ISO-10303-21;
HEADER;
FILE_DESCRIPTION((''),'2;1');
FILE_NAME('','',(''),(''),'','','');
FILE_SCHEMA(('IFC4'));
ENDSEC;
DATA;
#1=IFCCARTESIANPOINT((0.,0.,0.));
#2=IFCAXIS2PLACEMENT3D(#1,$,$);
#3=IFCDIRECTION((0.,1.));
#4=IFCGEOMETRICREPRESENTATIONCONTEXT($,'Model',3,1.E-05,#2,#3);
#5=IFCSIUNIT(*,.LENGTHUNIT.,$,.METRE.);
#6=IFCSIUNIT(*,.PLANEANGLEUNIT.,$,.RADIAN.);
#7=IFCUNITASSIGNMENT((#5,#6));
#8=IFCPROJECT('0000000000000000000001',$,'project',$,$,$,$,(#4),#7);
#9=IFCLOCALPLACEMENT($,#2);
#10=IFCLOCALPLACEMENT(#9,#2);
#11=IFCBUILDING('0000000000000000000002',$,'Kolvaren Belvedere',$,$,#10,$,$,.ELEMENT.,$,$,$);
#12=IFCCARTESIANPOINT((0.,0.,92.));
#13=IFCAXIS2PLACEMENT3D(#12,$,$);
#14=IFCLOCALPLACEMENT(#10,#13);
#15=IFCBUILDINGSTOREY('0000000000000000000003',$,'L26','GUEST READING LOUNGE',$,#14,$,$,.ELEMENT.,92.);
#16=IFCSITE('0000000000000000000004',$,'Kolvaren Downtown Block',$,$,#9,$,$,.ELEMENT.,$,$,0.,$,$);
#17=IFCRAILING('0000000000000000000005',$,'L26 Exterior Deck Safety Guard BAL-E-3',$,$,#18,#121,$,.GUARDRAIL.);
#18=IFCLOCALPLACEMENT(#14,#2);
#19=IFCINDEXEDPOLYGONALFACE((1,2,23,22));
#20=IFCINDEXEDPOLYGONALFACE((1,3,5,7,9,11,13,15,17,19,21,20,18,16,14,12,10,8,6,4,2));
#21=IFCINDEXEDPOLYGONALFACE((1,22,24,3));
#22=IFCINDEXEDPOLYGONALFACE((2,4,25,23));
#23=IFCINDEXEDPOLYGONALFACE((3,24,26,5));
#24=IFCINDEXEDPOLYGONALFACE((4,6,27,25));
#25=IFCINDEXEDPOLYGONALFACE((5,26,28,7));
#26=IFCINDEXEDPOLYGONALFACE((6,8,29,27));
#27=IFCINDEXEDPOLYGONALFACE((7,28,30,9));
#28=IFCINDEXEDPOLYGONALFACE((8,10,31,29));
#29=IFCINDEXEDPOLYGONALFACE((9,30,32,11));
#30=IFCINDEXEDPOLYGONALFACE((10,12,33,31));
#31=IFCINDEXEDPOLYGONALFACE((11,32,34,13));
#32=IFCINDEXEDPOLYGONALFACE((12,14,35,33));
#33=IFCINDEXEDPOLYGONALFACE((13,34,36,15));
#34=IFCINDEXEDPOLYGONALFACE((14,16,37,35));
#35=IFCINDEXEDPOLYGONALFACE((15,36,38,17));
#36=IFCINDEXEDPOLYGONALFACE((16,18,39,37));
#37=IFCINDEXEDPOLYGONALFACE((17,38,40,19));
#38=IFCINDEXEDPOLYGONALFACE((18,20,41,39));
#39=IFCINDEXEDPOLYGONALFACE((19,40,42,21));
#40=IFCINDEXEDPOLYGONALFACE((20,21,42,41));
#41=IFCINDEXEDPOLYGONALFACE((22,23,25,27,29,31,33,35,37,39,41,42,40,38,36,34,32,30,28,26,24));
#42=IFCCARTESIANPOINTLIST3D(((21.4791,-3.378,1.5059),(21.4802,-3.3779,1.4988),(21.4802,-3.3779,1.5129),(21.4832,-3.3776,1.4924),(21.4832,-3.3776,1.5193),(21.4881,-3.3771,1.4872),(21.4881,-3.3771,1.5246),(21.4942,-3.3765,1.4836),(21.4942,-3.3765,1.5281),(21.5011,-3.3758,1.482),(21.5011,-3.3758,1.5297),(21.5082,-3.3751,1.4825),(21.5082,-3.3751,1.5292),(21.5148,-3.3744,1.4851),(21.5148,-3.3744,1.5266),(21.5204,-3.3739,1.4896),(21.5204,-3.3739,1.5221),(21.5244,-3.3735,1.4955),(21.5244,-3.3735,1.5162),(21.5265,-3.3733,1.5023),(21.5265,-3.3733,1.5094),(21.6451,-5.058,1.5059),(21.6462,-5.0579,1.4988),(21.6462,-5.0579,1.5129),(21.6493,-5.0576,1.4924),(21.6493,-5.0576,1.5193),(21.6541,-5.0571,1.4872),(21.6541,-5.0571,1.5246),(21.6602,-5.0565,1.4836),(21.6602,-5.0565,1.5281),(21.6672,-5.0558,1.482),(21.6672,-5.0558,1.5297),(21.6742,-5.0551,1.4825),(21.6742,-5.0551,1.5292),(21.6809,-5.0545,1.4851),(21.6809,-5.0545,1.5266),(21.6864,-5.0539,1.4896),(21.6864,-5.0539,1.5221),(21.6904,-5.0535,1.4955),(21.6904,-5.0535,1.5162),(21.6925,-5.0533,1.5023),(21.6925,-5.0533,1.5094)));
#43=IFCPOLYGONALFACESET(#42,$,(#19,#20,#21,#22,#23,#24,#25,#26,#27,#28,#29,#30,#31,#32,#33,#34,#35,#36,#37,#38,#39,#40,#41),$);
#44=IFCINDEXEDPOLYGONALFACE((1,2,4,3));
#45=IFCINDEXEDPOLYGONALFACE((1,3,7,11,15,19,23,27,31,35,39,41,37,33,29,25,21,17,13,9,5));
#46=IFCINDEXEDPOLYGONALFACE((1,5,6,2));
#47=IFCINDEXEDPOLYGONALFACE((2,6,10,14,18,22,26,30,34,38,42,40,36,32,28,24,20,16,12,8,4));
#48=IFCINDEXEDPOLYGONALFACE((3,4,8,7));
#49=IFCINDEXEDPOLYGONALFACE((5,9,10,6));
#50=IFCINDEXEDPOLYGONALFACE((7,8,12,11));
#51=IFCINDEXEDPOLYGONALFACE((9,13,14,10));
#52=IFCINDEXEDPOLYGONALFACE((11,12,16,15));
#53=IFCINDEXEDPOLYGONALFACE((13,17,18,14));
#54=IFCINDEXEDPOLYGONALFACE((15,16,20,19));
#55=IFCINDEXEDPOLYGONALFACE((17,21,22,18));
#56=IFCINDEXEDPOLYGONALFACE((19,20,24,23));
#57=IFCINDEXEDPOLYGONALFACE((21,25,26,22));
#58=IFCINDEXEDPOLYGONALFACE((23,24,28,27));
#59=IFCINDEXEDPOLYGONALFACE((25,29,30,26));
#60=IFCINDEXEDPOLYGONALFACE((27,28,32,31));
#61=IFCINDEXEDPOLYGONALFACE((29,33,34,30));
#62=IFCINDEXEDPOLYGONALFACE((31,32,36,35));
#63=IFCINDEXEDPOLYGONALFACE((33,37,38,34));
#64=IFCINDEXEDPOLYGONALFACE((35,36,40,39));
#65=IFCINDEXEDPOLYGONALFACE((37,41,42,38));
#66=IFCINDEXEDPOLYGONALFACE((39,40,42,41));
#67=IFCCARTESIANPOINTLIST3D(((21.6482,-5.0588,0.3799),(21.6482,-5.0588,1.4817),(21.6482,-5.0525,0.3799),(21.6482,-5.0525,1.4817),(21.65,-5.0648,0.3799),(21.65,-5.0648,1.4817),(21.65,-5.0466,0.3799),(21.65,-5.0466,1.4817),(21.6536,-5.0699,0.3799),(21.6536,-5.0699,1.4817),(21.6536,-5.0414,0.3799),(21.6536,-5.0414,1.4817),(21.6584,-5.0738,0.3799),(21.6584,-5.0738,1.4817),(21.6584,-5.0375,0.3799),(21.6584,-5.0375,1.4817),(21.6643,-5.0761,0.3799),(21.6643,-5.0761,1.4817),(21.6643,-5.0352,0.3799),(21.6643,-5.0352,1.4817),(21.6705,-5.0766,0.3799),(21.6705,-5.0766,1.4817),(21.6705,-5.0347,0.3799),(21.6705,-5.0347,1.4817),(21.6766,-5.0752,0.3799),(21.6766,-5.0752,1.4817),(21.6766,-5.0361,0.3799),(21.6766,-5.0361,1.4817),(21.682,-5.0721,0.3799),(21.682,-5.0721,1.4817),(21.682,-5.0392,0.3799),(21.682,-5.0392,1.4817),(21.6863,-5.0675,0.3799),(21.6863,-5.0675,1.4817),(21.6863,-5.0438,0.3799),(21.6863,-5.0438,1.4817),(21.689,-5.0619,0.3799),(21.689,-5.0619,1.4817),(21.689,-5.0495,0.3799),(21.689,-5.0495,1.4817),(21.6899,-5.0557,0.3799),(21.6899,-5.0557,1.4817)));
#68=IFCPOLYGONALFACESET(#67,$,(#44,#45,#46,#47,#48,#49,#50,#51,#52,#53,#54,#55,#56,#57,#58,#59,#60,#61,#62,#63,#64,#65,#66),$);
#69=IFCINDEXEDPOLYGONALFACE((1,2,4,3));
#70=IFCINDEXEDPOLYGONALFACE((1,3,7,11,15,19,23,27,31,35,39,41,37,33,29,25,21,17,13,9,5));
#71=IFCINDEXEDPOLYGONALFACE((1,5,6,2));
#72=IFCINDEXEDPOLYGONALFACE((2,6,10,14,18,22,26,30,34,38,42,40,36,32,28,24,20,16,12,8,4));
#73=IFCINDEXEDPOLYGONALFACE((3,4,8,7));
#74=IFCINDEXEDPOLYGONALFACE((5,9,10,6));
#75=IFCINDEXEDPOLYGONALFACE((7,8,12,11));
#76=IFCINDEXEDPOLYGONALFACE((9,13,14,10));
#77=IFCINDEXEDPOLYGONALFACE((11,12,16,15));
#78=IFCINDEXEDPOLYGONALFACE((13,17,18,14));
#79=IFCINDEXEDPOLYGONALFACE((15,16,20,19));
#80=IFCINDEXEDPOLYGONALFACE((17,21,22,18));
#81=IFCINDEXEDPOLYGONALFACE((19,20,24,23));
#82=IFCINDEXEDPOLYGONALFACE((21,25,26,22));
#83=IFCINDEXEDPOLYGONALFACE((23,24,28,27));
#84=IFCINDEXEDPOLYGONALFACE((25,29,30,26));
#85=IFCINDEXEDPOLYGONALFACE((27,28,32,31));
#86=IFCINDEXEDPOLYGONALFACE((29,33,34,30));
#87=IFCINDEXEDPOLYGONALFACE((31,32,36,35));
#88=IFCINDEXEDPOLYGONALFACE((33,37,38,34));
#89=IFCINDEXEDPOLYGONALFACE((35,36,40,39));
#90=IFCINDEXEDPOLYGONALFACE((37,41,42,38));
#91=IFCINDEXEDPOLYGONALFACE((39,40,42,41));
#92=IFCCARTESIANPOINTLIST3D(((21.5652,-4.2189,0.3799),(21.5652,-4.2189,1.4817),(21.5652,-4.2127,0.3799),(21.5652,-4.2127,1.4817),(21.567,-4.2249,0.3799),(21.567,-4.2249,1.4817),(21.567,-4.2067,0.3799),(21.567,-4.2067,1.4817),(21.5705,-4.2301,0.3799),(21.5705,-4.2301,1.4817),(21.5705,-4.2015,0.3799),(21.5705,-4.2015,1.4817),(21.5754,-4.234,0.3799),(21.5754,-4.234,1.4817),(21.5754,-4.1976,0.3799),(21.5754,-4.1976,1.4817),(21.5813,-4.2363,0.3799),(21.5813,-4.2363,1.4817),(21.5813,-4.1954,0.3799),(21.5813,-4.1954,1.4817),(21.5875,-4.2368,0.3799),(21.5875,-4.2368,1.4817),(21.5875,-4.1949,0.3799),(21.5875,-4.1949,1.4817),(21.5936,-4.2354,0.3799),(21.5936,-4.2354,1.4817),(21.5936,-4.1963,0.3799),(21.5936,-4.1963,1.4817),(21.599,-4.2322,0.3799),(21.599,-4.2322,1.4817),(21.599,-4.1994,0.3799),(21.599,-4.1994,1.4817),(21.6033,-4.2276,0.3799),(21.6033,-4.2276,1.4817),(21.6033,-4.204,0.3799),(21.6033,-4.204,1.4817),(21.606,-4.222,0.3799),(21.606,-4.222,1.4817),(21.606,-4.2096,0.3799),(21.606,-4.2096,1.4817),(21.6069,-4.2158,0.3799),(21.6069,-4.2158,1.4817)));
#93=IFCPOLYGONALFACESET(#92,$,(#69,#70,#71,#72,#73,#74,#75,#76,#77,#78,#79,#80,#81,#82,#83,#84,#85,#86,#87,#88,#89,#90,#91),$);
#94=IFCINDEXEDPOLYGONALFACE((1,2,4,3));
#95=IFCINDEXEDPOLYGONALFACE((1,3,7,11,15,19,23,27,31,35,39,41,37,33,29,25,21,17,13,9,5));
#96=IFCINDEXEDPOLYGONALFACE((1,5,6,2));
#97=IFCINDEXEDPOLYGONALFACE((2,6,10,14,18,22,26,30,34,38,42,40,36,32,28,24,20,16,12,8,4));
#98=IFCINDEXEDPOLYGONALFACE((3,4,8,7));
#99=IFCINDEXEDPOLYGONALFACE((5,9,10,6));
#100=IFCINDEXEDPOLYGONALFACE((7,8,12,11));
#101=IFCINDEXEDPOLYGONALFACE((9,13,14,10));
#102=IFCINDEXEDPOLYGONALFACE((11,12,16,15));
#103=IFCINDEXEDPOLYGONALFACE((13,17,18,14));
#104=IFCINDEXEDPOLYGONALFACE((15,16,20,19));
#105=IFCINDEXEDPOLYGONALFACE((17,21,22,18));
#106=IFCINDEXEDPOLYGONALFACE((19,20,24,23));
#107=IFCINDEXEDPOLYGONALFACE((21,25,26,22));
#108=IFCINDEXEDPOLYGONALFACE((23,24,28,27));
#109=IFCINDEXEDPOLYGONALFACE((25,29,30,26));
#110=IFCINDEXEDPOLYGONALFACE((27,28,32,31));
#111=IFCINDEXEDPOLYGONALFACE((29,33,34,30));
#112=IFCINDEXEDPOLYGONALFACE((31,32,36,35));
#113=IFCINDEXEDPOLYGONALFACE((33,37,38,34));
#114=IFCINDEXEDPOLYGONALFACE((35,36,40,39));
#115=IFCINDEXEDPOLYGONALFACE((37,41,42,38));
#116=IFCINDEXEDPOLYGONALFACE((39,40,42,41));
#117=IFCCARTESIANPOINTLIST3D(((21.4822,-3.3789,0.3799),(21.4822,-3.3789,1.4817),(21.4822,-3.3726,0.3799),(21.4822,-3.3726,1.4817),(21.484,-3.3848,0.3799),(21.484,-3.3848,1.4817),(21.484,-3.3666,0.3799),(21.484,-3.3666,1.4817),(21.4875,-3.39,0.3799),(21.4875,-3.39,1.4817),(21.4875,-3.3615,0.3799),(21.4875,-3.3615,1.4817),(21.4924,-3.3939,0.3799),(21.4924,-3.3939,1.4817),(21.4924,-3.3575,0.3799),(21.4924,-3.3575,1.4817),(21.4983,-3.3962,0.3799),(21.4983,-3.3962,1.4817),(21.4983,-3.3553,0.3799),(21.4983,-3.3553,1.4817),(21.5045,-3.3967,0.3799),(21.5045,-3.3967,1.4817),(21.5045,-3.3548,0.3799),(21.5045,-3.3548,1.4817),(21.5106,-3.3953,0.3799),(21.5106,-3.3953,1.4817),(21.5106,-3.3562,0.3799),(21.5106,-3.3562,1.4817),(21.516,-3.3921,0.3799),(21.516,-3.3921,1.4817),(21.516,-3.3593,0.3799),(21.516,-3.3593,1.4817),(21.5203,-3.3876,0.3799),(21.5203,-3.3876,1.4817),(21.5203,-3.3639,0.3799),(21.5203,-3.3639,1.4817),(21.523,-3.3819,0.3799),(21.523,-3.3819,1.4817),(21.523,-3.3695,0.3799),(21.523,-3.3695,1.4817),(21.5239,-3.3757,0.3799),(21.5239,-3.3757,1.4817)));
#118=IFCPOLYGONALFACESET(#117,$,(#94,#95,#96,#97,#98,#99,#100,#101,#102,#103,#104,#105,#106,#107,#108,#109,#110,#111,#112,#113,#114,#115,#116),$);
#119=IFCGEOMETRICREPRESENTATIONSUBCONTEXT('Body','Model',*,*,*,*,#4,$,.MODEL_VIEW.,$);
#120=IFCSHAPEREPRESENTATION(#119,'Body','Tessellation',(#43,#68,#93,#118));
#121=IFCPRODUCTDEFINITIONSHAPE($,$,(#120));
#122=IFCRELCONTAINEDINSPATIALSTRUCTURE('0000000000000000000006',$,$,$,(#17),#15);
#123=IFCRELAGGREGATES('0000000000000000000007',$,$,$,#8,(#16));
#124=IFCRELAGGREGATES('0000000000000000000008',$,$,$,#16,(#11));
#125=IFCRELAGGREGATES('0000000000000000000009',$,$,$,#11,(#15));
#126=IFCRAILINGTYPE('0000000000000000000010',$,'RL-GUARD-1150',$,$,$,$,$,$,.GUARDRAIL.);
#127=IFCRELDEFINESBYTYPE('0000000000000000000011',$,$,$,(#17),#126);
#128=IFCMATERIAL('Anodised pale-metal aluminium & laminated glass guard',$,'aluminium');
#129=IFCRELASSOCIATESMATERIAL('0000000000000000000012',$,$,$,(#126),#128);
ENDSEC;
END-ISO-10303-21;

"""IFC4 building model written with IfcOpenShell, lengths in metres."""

from ifc_helpers import new_model, si_unit, direction, frame, origin, origin_2d, place, context, subcontext, project, spatial, circle, extrude, material, type_object, element, save


model = new_model("IFC4")

# Units and contexts
model_context = context("Model", 3, precision=1e-05, world=origin(), true_north=direction((0.0, 1.0)))
body_context = subcontext(model_context, "Body", "Model", "MODEL_VIEW")
ifc_project = project(units=[si_unit("LENGTHUNIT", "METRE"), si_unit("PLANEANGLEUNIT", "RADIAN")], contexts=[model_context])

# Site, building, storey
site_placement = place(None, origin())
site = spatial("IfcSite", under=ifc_project, at=site_placement, Name="Kolvaren Downtown Block", CompositionType="ELEMENT", RefElevation=0.0)
building_placement = place(site_placement, origin())
building = spatial("IfcBuilding", under=site, at=building_placement, Name="Kolvaren Belvedere", CompositionType="ELEMENT")
storey_placement = place(building_placement, frame((0.0, 0.0, 92.0)))
storey = spatial("IfcBuildingStorey", under=building, at=storey_placement, Name="L26", Description="GUEST READING LOUNGE", CompositionType="ELEMENT", Elevation=92.0)

# Railing
ifc_material_1 = material(Name="Anodised pale-metal aluminium & laminated glass guard", Category="aluminium")
railing_type = type_object("IfcRailingType", Name="RL-GUARD-1150", PredefinedType="GUARDRAIL", material=ifc_material_1)
railing_1_placement = place(storey_placement, frame((21.6689, -5.0557, 0.3799)))
element("IfcRailing", 1, at=railing_1_placement, inside=storey, type_object=railing_type, Name="L26 Exterior Deck Safety Guard BAL-E-3", PredefinedType="GUARDRAIL", context=body_context, shape_type="SweptSolid", body=[
    extrude(circle(Radius=0.0239, at=origin_2d()), frame((0.0, 0.0, 1.126), z_axis=(-0.098344, 0.995152, 0.0), x_axis=(-0.995152, -0.098344, 0.0)), (0.0, 0.0, 1.0), 1.6882),
    extrude(circle(Radius=0.021, at=origin_2d()), origin(), (0.0, 0.0, 1.0), 1.1018),
    extrude(circle(Radius=0.021, at=origin_2d()), frame((-0.083, 0.8398, 0.0)), (0.0, 0.0, 1.0), 1.1018),
    extrude(circle(Radius=0.021, at=origin_2d()), frame((-0.166, 1.6799, 0.0)), (0.0, 0.0, 1.0), 1.1018),
])

save(model, "model.ifc")
